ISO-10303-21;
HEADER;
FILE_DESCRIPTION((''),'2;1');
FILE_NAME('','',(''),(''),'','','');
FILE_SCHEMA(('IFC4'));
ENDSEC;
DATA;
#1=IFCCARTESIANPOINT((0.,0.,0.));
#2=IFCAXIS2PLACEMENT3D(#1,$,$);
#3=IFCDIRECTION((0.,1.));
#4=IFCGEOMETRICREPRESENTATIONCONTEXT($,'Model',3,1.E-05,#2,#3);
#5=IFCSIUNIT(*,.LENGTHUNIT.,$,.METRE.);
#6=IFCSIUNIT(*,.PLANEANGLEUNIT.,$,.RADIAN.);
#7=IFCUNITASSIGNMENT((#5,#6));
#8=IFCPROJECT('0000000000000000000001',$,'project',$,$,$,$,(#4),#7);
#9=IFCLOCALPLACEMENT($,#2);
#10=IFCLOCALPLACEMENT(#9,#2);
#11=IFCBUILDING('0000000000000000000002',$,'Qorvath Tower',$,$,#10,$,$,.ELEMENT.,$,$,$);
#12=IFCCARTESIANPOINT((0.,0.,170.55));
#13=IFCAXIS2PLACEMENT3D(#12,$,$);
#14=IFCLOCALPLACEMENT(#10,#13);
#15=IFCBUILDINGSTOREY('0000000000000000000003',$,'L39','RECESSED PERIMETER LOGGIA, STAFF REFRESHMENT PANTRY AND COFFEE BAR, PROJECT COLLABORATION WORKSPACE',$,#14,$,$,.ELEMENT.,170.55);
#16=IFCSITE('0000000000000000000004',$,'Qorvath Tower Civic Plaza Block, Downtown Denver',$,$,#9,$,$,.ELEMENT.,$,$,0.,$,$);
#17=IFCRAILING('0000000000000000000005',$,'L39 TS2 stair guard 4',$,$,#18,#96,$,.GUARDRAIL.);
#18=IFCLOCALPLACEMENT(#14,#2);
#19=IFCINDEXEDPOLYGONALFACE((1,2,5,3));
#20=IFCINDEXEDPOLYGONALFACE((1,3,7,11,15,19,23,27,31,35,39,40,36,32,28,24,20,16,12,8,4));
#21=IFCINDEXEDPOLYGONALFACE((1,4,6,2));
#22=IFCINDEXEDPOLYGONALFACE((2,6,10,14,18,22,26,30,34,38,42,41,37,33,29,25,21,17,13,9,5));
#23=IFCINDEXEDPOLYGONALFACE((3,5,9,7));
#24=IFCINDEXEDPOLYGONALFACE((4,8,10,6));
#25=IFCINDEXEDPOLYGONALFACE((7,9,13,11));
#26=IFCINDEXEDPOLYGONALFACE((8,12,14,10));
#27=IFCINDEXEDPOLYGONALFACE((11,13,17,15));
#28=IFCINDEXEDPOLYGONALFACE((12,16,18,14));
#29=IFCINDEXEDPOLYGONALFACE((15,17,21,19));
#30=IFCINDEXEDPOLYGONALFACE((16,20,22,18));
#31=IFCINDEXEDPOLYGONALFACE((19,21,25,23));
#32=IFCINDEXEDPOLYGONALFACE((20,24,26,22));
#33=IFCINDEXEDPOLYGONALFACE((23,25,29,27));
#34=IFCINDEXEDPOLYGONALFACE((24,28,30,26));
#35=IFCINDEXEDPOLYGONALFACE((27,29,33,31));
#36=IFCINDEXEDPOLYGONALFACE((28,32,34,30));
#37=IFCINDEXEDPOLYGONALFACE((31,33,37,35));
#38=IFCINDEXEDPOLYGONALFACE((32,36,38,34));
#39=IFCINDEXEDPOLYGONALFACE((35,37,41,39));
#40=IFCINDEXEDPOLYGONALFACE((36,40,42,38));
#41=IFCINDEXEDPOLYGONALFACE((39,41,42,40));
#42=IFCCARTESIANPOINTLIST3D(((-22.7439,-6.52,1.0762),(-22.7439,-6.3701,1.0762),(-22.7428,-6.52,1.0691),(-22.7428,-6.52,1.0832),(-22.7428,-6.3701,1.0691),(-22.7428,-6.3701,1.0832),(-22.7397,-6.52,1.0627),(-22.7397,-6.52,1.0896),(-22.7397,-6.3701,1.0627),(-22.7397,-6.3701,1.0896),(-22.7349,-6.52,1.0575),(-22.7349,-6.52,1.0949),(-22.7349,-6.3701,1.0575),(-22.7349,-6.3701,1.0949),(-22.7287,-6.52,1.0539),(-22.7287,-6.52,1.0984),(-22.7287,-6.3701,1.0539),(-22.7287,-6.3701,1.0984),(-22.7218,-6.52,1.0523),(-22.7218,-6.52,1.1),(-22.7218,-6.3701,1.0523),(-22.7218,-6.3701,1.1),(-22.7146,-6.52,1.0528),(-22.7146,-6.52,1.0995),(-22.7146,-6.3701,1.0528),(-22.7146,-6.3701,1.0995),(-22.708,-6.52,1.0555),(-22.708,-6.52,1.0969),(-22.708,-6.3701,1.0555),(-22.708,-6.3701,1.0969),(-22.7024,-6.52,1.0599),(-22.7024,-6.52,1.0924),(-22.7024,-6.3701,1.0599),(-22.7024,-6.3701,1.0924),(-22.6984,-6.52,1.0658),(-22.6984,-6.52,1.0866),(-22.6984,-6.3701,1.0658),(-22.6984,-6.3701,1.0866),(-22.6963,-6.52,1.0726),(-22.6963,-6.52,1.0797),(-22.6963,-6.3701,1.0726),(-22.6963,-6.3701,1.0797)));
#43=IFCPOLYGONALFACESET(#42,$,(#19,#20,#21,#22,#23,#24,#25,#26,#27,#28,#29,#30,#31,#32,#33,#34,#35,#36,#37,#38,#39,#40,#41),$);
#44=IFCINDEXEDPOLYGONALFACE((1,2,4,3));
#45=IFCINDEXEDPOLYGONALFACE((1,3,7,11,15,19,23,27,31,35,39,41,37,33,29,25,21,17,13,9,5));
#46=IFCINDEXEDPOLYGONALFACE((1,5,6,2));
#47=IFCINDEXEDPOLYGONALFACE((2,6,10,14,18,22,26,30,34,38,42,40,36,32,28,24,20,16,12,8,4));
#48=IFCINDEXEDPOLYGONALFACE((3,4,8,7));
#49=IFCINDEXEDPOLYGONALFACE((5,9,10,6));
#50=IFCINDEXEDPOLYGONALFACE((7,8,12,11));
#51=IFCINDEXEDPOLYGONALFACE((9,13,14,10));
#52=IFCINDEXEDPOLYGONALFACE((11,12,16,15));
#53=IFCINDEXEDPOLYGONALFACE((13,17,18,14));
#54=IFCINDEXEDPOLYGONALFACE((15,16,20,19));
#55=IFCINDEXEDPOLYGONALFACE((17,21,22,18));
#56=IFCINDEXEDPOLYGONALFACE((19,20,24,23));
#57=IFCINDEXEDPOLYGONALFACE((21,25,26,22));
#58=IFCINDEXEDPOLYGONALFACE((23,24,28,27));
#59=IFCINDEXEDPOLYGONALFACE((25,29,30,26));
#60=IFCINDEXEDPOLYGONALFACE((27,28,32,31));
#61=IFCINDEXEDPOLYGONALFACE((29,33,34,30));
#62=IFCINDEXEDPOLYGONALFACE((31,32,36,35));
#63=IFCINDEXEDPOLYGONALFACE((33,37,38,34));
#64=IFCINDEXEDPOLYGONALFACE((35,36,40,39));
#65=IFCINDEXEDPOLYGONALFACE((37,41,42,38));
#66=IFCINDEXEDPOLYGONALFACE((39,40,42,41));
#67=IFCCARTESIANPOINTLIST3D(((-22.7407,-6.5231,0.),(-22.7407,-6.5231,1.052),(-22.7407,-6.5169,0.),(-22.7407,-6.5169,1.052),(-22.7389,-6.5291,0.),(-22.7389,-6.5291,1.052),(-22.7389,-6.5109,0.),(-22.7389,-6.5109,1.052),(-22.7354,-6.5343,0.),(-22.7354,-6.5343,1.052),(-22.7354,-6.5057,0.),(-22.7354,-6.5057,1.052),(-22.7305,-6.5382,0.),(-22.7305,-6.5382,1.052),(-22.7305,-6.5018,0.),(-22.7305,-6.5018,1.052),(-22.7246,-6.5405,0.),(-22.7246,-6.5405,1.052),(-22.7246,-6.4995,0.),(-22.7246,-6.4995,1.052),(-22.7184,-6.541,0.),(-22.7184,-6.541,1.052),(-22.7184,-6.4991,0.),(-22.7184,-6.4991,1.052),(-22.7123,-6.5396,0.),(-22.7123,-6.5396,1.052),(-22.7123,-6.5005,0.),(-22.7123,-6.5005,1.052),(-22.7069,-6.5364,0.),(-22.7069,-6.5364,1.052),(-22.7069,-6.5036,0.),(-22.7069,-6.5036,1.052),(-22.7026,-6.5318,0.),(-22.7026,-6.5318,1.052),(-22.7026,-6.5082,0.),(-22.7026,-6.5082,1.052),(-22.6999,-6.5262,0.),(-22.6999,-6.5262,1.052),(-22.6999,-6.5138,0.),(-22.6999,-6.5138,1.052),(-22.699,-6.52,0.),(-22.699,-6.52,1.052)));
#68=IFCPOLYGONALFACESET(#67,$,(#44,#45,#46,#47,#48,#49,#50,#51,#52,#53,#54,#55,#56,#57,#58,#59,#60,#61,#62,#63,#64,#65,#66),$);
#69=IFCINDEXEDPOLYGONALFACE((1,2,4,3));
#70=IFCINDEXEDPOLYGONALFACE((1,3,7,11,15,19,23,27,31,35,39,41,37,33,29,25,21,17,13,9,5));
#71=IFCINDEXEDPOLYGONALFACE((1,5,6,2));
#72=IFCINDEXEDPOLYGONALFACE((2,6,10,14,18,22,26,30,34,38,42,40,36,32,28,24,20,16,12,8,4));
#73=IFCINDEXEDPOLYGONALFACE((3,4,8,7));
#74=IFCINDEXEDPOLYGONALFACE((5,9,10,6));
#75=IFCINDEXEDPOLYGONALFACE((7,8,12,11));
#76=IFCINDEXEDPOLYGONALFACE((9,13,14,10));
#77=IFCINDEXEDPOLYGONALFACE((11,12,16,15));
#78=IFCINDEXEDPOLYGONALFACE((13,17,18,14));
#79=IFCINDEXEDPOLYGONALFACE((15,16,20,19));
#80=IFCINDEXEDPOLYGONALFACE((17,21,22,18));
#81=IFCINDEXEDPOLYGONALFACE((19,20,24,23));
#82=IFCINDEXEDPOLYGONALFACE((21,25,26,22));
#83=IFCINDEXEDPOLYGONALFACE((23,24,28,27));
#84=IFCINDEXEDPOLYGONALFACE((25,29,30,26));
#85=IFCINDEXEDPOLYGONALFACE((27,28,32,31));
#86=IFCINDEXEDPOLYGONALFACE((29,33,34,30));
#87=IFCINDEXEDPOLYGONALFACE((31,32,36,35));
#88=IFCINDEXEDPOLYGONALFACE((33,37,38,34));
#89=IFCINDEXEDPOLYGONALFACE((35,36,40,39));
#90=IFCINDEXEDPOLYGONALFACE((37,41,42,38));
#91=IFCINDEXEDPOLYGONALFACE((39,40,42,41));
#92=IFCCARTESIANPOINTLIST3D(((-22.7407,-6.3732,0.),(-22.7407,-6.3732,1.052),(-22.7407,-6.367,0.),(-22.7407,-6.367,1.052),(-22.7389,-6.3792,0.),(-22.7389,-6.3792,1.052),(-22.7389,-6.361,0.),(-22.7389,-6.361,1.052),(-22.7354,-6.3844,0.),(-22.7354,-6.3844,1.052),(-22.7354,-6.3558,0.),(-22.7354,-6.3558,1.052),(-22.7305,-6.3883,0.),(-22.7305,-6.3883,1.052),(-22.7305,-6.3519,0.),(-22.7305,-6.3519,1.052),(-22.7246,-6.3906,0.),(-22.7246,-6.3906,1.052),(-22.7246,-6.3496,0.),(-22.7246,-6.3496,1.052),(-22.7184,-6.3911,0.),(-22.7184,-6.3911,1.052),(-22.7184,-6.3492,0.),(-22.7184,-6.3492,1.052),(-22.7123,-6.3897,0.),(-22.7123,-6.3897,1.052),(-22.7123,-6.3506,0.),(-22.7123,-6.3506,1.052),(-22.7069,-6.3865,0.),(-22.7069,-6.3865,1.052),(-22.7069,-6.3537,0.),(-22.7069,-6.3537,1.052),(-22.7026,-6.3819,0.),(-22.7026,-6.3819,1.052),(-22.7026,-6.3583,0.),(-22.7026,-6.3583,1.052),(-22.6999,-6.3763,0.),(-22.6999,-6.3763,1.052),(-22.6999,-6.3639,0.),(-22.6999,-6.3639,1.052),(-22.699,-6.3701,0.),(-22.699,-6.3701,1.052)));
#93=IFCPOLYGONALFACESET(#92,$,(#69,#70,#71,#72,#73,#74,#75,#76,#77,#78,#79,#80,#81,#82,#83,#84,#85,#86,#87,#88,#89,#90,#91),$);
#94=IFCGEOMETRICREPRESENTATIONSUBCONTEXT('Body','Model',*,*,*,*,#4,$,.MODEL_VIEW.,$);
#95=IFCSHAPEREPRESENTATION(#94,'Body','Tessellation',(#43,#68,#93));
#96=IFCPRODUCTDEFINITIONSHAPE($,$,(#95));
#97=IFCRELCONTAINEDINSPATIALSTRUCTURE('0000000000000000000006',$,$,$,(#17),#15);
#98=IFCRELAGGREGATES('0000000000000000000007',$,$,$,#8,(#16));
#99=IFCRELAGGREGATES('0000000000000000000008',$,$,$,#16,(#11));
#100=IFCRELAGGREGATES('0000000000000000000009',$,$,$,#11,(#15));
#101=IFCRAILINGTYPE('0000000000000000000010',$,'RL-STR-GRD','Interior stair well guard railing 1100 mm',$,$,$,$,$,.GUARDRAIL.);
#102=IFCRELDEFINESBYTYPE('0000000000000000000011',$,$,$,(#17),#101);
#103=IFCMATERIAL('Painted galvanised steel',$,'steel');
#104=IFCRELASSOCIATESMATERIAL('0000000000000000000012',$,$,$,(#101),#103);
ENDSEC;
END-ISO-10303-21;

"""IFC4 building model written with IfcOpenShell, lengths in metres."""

from ifc_helpers import new_model, si_unit, direction, frame, origin, origin_2d, place, context, subcontext, project, spatial, circle, extrude, material, type_object, element, save


model = new_model("IFC4")

# Units and contexts
model_context = context("Model", 3, precision=1e-05, world=origin(), true_north=direction((0.0, 1.0)))
body_context = subcontext(model_context, "Body", "Model", "MODEL_VIEW")
ifc_project = project(units=[si_unit("LENGTHUNIT", "METRE"), si_unit("PLANEANGLEUNIT", "RADIAN")], contexts=[model_context])

# Site, building, storey
site_placement = place(None, origin())
site = spatial("IfcSite", under=ifc_project, at=site_placement, Name="Qorvath Tower Civic Plaza Block, Downtown Denver", CompositionType="ELEMENT", RefElevation=0.0)
building_placement = place(site_placement, origin())
building = spatial("IfcBuilding", under=site, at=building_placement, Name="Qorvath Tower", CompositionType="ELEMENT")
storey_placement = place(building_placement, frame((0.0, 0.0, 170.55)))
storey = spatial("IfcBuildingStorey", under=building, at=storey_placement, Name="L39", Description="RECESSED PERIMETER LOGGIA, STAFF REFRESHMENT PANTRY AND COFFEE BAR, PROJECT COLLABORATION WORKSPACE", CompositionType="ELEMENT", Elevation=170.55)

# Railing
ifc_material_1 = material(Name="Painted galvanised steel", Category="steel")
railing_type_1 = type_object("IfcRailingType", Name="RL-STR-GRD", Description="Interior stair well guard railing 1100 mm", PredefinedType="GUARDRAIL", material=ifc_material_1)
railing_1_placement = place(storey_placement, frame((-22.72, -6.52, 0.0)))
element("IfcRailing", 1, at=railing_1_placement, inside=storey, type_object=railing_type_1, Name="L39 TS2 stair guard 4", PredefinedType="GUARDRAIL", context=body_context, shape_type="SweptSolid", body=[
    extrude(circle(Radius=0.0239, at=origin_2d()), frame((0.0, 0.0, 1.0762), z_axis=(0.0, 1.0, 0.0), x_axis=(-1.0, 0.0, 0.0)), (0.0, 0.0, 1.0), 0.1499),
    extrude(circle(Radius=0.021, at=origin_2d()), origin(), (0.0, 0.0, 1.0), 1.052),
    extrude(circle(Radius=0.021, at=origin_2d()), frame((0.0, 0.1499, 0.0)), (0.0, 0.0, 1.0), 1.052),
])

save(model, "model.ifc")
